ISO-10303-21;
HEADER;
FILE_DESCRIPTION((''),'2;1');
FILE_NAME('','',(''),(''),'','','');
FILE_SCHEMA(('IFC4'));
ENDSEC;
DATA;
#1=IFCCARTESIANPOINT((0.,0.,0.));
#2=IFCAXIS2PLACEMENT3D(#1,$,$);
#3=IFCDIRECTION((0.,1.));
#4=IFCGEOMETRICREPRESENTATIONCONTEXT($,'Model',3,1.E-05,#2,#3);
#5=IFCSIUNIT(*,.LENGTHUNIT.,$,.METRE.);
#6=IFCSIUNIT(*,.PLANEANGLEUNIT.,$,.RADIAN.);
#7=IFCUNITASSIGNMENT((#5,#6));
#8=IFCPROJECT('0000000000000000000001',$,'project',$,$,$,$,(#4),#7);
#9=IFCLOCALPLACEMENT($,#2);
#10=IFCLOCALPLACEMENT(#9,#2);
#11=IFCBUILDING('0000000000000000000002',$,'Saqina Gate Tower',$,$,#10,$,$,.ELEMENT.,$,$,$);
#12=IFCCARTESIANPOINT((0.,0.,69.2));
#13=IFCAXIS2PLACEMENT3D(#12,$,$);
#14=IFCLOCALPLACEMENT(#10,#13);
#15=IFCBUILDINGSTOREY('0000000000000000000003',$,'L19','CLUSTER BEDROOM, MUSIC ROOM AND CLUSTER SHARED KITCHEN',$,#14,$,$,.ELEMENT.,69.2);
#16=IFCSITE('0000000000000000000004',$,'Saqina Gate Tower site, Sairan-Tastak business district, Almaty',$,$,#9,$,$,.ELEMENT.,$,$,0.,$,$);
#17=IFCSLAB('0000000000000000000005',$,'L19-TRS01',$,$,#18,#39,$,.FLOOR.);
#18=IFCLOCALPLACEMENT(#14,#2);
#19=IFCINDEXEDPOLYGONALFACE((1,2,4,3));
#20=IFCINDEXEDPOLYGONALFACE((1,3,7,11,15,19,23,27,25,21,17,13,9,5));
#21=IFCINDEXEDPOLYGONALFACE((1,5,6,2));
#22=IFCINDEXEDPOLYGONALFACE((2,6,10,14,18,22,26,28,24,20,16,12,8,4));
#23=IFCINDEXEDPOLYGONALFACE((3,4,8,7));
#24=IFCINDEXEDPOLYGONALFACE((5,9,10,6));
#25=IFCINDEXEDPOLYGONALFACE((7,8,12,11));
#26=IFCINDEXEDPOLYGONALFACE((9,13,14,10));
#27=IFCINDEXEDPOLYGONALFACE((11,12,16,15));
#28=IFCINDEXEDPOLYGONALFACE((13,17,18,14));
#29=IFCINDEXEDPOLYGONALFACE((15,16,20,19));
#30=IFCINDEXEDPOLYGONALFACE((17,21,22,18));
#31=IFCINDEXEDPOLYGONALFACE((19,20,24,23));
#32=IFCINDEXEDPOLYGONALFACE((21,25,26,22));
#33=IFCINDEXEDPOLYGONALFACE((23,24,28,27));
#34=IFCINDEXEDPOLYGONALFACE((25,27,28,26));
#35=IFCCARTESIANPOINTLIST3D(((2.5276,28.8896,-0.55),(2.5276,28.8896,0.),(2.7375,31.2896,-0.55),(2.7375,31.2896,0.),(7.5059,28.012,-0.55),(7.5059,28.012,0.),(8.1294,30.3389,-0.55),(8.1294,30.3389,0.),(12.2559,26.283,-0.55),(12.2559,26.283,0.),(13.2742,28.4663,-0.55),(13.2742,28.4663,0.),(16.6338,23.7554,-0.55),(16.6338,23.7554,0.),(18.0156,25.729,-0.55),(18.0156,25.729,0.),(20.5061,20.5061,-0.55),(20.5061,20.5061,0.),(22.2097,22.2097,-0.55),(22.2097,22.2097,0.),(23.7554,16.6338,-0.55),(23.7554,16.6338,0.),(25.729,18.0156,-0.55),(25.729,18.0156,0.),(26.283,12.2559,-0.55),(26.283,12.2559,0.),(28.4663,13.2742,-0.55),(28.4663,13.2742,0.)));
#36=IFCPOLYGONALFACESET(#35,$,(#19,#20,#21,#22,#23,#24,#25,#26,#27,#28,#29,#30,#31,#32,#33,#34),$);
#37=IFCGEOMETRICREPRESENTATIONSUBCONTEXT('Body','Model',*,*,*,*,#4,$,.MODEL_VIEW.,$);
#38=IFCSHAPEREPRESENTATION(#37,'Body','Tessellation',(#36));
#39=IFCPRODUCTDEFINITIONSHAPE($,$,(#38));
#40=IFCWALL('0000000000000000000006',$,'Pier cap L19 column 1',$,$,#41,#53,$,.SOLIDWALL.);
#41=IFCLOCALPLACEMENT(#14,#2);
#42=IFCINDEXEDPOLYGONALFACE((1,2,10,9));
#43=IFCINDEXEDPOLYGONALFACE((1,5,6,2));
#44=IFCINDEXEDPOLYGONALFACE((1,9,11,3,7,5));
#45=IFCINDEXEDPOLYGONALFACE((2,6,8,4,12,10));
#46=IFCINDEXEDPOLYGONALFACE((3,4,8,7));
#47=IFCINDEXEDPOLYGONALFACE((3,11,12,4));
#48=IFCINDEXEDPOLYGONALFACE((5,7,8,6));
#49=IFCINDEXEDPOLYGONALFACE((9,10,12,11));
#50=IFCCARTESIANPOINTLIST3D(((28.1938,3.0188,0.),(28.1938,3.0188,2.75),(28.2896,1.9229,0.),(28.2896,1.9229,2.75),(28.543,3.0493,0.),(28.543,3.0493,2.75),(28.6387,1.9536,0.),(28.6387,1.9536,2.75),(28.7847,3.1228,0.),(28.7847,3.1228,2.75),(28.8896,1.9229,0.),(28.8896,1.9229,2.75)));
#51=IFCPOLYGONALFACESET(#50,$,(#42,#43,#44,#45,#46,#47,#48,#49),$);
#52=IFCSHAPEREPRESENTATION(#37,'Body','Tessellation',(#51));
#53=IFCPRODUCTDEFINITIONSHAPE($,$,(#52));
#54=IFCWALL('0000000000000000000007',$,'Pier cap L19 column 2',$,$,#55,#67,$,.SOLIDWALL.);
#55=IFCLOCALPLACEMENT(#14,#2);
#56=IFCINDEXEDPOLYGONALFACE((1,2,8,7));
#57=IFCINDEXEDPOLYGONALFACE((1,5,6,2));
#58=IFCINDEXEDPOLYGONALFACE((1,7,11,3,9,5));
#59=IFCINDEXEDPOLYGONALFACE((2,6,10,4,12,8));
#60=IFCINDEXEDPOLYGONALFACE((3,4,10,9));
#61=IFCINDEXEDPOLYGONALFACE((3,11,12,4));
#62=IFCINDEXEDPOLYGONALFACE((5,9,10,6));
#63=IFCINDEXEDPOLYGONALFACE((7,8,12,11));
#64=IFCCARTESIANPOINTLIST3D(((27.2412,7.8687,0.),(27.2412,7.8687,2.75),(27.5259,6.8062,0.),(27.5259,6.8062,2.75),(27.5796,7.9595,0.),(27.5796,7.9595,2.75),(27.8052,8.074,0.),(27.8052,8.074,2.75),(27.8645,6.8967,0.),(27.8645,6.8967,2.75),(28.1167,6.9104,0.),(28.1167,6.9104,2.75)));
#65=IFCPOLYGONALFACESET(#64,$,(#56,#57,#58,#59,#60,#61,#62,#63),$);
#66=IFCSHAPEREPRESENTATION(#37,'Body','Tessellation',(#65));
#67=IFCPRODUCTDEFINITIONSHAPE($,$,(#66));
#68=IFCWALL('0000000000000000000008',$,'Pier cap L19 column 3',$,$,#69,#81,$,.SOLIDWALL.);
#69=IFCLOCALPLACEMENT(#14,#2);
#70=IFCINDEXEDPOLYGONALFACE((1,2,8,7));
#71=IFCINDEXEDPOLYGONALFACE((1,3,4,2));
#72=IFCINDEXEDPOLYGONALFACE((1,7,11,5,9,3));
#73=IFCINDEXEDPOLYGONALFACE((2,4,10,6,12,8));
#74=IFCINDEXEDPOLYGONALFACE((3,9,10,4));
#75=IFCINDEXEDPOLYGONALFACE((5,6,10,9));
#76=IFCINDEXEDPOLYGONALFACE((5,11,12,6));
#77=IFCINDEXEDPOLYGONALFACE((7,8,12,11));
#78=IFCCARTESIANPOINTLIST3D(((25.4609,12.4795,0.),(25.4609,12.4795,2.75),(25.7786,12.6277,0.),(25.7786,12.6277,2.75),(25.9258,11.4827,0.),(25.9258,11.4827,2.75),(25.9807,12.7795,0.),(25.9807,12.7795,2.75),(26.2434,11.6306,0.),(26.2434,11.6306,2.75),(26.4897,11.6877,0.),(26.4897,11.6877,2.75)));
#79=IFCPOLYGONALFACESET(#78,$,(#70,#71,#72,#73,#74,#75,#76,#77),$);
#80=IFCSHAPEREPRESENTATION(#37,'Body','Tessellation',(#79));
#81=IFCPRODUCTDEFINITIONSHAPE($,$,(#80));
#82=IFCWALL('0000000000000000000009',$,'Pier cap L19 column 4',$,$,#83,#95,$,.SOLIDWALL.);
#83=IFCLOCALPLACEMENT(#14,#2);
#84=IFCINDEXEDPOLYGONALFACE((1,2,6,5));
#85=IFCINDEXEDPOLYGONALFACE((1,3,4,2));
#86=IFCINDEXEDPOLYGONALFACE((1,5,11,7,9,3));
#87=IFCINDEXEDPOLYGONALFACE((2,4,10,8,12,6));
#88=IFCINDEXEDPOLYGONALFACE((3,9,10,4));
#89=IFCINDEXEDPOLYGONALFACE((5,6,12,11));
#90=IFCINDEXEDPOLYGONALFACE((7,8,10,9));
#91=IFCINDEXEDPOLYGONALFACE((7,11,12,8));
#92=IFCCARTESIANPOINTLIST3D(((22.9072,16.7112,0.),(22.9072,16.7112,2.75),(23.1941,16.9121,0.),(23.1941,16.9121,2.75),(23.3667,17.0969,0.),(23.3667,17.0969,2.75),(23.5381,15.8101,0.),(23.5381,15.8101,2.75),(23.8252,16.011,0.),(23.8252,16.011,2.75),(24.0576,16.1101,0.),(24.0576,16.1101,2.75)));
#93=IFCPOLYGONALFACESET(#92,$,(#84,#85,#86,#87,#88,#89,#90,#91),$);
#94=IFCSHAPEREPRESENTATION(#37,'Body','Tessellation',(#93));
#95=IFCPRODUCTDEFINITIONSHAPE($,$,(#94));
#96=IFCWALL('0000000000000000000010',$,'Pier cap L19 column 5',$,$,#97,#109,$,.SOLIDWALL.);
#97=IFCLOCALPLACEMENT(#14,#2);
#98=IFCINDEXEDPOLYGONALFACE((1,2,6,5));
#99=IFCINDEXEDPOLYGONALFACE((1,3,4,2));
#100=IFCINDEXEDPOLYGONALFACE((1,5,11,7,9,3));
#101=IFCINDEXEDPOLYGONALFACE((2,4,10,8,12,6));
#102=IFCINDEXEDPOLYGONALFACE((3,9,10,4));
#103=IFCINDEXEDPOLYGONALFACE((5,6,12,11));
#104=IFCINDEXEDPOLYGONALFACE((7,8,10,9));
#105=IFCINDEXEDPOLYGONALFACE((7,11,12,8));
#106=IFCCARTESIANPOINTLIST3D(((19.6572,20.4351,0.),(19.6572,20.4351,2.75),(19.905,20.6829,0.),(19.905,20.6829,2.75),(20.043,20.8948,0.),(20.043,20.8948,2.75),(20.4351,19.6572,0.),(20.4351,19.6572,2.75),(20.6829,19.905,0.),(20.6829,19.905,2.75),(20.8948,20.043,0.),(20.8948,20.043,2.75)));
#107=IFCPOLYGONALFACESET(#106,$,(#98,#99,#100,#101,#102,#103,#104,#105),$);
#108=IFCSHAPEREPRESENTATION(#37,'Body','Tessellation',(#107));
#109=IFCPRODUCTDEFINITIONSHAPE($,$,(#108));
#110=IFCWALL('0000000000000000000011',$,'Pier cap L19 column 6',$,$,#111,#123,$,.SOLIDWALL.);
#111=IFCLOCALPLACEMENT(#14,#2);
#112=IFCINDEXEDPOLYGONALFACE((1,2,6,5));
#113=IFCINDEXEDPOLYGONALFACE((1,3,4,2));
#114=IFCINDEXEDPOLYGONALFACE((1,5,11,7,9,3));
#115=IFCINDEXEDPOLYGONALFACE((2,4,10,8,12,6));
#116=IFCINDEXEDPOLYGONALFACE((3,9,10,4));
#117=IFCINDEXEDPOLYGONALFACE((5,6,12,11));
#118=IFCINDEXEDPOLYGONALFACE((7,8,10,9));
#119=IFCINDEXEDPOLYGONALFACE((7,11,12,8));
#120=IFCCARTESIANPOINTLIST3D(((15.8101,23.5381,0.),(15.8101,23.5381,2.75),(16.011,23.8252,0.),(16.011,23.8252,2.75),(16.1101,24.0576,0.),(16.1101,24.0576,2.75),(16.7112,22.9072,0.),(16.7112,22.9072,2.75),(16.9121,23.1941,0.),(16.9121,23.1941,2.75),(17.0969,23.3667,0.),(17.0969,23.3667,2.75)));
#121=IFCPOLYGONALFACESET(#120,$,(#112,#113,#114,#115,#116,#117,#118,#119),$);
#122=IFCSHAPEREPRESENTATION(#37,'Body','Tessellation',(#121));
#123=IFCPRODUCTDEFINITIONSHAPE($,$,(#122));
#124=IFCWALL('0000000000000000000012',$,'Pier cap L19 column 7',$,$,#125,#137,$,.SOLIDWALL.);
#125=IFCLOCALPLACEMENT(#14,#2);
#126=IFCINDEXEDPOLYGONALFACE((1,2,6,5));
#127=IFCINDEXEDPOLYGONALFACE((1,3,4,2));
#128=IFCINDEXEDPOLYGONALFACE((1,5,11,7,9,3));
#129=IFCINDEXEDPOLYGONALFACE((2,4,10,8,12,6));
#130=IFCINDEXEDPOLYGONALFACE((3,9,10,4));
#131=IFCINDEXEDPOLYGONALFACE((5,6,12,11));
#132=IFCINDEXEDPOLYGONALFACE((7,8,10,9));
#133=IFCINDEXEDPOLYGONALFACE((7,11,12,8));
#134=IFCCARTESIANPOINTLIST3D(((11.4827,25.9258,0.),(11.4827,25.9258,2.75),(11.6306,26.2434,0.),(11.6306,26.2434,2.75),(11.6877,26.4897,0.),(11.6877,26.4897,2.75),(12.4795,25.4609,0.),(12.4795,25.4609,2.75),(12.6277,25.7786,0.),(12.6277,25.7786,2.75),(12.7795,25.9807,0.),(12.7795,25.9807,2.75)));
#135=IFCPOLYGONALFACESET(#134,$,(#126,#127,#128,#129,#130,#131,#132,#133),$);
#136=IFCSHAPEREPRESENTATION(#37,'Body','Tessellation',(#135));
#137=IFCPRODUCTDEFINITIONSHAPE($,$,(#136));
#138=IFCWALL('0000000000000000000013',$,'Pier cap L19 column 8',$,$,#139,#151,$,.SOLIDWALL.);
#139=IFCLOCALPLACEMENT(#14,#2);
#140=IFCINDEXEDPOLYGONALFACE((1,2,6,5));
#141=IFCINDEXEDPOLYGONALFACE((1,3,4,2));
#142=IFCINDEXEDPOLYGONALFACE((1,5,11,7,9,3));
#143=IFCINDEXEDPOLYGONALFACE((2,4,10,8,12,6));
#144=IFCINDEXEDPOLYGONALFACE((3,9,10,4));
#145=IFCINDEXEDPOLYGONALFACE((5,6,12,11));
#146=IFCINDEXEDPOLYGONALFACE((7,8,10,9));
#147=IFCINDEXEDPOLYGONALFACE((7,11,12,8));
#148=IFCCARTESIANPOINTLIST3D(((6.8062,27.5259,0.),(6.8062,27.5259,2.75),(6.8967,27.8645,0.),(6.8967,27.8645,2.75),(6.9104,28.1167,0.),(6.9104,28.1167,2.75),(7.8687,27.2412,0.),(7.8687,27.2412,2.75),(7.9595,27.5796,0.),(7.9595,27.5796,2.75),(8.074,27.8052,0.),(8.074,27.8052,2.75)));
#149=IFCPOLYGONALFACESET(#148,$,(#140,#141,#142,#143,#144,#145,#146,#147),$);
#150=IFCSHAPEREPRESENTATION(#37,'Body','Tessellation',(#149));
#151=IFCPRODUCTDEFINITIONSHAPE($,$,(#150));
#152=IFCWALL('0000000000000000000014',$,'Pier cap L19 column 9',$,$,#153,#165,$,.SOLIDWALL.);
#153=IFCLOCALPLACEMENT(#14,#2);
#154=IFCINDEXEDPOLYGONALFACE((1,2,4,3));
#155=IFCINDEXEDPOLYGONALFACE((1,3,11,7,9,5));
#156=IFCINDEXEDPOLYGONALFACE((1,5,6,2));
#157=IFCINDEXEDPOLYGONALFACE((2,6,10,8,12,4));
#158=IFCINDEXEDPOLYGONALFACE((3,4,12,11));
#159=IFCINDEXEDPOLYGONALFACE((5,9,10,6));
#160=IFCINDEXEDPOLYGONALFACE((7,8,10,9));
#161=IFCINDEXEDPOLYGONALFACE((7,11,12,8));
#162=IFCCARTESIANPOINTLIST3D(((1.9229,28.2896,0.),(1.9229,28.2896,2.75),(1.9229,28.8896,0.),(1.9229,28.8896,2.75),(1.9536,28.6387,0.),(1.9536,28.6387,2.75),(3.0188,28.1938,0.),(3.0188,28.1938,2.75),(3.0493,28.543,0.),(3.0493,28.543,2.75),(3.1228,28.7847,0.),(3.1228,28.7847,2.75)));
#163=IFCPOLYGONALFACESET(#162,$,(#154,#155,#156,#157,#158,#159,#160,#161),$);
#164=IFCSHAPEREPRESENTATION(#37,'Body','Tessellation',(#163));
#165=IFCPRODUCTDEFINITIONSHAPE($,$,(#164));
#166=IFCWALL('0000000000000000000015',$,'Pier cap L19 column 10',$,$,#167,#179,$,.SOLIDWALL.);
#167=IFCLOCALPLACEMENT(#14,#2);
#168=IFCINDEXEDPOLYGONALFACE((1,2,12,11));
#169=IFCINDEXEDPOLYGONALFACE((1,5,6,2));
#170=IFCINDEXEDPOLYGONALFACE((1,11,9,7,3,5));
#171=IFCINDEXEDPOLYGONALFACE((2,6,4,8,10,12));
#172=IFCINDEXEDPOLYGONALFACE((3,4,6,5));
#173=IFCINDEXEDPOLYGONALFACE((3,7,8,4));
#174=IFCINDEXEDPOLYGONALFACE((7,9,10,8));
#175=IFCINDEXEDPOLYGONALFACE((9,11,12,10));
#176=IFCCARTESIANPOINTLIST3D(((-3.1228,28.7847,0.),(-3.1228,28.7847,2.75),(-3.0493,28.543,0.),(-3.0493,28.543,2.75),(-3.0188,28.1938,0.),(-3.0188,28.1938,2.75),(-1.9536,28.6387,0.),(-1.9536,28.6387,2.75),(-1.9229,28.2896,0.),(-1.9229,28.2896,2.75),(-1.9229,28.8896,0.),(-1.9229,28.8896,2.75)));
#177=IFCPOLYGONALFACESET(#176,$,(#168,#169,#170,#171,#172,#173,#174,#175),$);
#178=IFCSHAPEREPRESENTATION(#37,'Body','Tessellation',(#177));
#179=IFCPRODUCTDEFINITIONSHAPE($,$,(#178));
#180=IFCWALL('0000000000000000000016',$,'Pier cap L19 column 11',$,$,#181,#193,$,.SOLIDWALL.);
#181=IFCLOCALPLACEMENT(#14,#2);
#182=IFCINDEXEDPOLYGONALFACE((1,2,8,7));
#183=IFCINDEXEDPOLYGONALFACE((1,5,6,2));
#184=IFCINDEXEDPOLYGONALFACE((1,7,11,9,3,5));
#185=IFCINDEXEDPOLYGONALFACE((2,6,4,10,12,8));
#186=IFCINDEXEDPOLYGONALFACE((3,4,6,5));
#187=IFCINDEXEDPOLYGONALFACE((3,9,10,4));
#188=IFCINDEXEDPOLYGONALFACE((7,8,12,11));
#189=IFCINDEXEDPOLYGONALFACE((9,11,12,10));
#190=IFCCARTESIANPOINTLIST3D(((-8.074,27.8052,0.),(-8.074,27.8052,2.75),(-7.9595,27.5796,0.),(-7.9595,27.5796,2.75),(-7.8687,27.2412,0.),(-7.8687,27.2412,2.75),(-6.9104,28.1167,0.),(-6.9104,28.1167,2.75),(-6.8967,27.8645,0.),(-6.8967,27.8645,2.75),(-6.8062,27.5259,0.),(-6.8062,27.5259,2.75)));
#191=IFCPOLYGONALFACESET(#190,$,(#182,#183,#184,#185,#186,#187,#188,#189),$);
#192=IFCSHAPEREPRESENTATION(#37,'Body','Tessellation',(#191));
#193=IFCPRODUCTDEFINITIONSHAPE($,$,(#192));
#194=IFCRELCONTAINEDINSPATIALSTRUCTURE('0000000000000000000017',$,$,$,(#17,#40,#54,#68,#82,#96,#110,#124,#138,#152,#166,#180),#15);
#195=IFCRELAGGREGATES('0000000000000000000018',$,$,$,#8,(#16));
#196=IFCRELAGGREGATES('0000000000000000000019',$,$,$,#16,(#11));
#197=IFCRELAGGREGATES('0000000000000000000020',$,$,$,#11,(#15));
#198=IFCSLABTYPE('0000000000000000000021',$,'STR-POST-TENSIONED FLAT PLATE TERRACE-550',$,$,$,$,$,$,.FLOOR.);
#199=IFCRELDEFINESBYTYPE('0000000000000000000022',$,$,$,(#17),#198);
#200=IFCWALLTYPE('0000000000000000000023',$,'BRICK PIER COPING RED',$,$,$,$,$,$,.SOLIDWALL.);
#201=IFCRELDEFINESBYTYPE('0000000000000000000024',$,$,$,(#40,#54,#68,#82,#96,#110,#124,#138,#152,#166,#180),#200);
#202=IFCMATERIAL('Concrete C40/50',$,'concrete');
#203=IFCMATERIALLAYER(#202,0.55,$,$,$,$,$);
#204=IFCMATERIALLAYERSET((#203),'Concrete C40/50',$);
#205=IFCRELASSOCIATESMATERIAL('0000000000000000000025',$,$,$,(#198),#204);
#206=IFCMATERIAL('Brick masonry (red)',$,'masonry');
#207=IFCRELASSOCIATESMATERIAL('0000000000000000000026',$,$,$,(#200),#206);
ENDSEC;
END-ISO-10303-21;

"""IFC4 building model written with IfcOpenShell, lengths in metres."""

from ifc_helpers import new_model, si_unit, direction, frame, origin, place, context, subcontext, project, spatial, polyline, outline, extrude, material, layer, layer_set, type_object, element, save


model = new_model("IFC4")

# Units and contexts
model_context = context("Model", 3, precision=1e-05, world=origin(), true_north=direction((0.0, 1.0)))
body_context = subcontext(model_context, "Body", "Model", "MODEL_VIEW")
ifc_project = project(units=[si_unit("LENGTHUNIT", "METRE"), si_unit("PLANEANGLEUNIT", "RADIAN")], contexts=[model_context])

# Site, building, storey
site_placement = place(None, origin())
site = spatial("IfcSite", under=ifc_project, at=site_placement, Name="Saqina Gate Tower site, Sairan-Tastak business district, Almaty", CompositionType="ELEMENT", RefElevation=0.0)
building_placement = place(site_placement, origin())
building = spatial("IfcBuilding", under=site, at=building_placement, Name="Saqina Gate Tower", CompositionType="ELEMENT")
storey_placement = place(building_placement, frame((0.0, 0.0, 69.2)))
storey = spatial("IfcBuildingStorey", under=building, at=storey_placement, Name="L19", Description="CLUSTER BEDROOM, MUSIC ROOM AND CLUSTER SHARED KITCHEN", CompositionType="ELEMENT", Elevation=69.2)

# Slab
ifc_material_1 = material(Name="Concrete C40/50", Category="concrete")
ifc_layer = layer(ifc_material_1, 0.55)
ifc_layer_set = layer_set([ifc_layer], Name="Concrete C40/50")
slab_type = type_object("IfcSlabType", Name="STR-POST-TENSIONED FLAT PLATE TERRACE-550", PredefinedType="FLOOR", material=ifc_layer_set)
slab_placement = place(storey_placement, frame((0.0, 0.0, -0.55)))
element("IfcSlab", 1, at=slab_placement, inside=storey, type_object=slab_type, Name="L19-TRS01", PredefinedType="FLOOR", context=body_context, shape_type="SweptSolid", body=[
    extrude(outline(polyline([(26.283, 12.2559), (23.7554, 16.6338), (20.5061, 20.5061), (16.6338, 23.7554), (12.2559, 26.283), (7.5059, 28.012), (2.5276, 28.8896), (2.7375, 31.2896), (8.1294, 30.3389), (13.2742, 28.4663), (18.0156, 25.729), (22.2097, 22.2097), (25.729, 18.0156), (28.4663, 13.2742), (26.283, 12.2559)])), origin(), (0.0, 0.0, 1.0), 0.55),
])

# Walls
ifc_material_2 = material(Name="Brick masonry (red)", Category="masonry")
wall_type = type_object("IfcWallType", Name="BRICK PIER COPING RED", PredefinedType="SOLIDWALL", material=ifc_material_2)
wall_1_placement = place(storey_placement, origin())
element("IfcWall", 2, at=wall_1_placement, inside=storey, type_object=wall_type, Name="Pier cap L19 column 1", PredefinedType="SOLIDWALL", context=body_context, shape_type="SweptSolid", body=[
    extrude(outline(polyline([(28.8896, 1.9229), (28.7847, 3.1228), (28.1938, 3.0188), (28.543, 3.0493), (28.6387, 1.9536), (28.2896, 1.9229), (28.8896, 1.9229)])), origin(), (0.0, 0.0, 1.0), 2.75),
])
wall_2_placement = place(storey_placement, origin())
element("IfcWall", 3, at=wall_2_placement, inside=storey, type_object=wall_type, Name="Pier cap L19 column 2", PredefinedType="SOLIDWALL", context=body_context, shape_type="SweptSolid", body=[
    extrude(outline(polyline([(28.1167, 6.9104), (27.8052, 8.074), (27.2412, 7.8687), (27.5796, 7.9595), (27.8645, 6.8967), (27.5259, 6.8062), (28.1167, 6.9104)])), origin(), (0.0, 0.0, 1.0), 2.75),
])
wall_3_placement = place(storey_placement, origin())
element("IfcWall", 4, at=wall_3_placement, inside=storey, type_object=wall_type, Name="Pier cap L19 column 3", PredefinedType="SOLIDWALL", context=body_context, shape_type="SweptSolid", body=[
    extrude(outline(polyline([(25.9807, 12.7795), (25.4609, 12.4795), (25.7786, 12.6277), (26.2434, 11.6306), (25.9258, 11.4827), (26.4897, 11.6877), (25.9807, 12.7795)])), origin(), (0.0, 0.0, 1.0), 2.75),
])
wall_4_placement = place(storey_placement, origin())
element("IfcWall", 5, at=wall_4_placement, inside=storey, type_object=wall_type, Name="Pier cap L19 column 4", PredefinedType="SOLIDWALL", context=body_context, shape_type="SweptSolid", body=[
    extrude(outline(polyline([(24.0576, 16.1101), (23.3667, 17.0969), (22.9072, 16.7112), (23.1941, 16.9121), (23.8252, 16.011), (23.5381, 15.8101), (24.0576, 16.1101)])), origin(), (0.0, 0.0, 1.0), 2.75),
])
wall_5_placement = place(storey_placement, origin())
element("IfcWall", 6, at=wall_5_placement, inside=storey, type_object=wall_type, Name="Pier cap L19 column 5", PredefinedType="SOLIDWALL", context=body_context, shape_type="SweptSolid", body=[
    extrude(outline(polyline([(20.043, 20.8948), (19.6572, 20.4351), (19.905, 20.6829), (20.6829, 19.905), (20.4351, 19.6572), (20.8948, 20.043), (20.043, 20.8948)])), origin(), (0.0, 0.0, 1.0), 2.75),
])
wall_6_placement = place(storey_placement, origin())
element("IfcWall", 7, at=wall_6_placement, inside=storey, type_object=wall_type, Name="Pier cap L19 column 6", PredefinedType="SOLIDWALL", context=body_context, shape_type="SweptSolid", body=[
    extrude(outline(polyline([(17.0969, 23.3667), (16.1101, 24.0576), (15.8101, 23.5381), (16.011, 23.8252), (16.9121, 23.1941), (16.7112, 22.9072), (17.0969, 23.3667)])), origin(), (0.0, 0.0, 1.0), 2.75),
])
wall_7_placement = place(storey_placement, origin())
element("IfcWall", 8, at=wall_7_placement, inside=storey, type_object=wall_type, Name="Pier cap L19 column 7", PredefinedType="SOLIDWALL", context=body_context, shape_type="SweptSolid", body=[
    extrude(outline(polyline([(11.6877, 26.4897), (11.4827, 25.9258), (11.6306, 26.2434), (12.6277, 25.7786), (12.4795, 25.4609), (12.7795, 25.9807), (11.6877, 26.4897)])), origin(), (0.0, 0.0, 1.0), 2.75),
])
wall_8_placement = place(storey_placement, origin())
element("IfcWall", 9, at=wall_8_placement, inside=storey, type_object=wall_type, Name="Pier cap L19 column 8", PredefinedType="SOLIDWALL", context=body_context, shape_type="SweptSolid", body=[
    extrude(outline(polyline([(6.9104, 28.1167), (6.8062, 27.5259), (6.8967, 27.8645), (7.9595, 27.5796), (7.8687, 27.2412), (8.074, 27.8052), (6.9104, 28.1167)])), origin(), (0.0, 0.0, 1.0), 2.75),
])
wall_9_placement = place(storey_placement, origin())
element("IfcWall", 10, at=wall_9_placement, inside=storey, type_object=wall_type, Name="Pier cap L19 column 9", PredefinedType="SOLIDWALL", context=body_context, shape_type="SweptSolid", body=[
    extrude(outline(polyline([(3.1228, 28.7847), (1.9229, 28.8896), (1.9229, 28.2896), (1.9536, 28.6387), (3.0493, 28.543), (3.0188, 28.1938), (3.1228, 28.7847)])), origin(), (0.0, 0.0, 1.0), 2.75),
])
wall_10_placement = place(storey_placement, origin())
element("IfcWall", 11, at=wall_10_placement, inside=storey, type_object=wall_type, Name="Pier cap L19 column 10", PredefinedType="SOLIDWALL", context=body_context, shape_type="SweptSolid", body=[
    extrude(outline(polyline([(-1.9229, 28.8896), (-3.1228, 28.7847), (-3.0188, 28.1938), (-3.0493, 28.543), (-1.9536, 28.6387), (-1.9229, 28.2896), (-1.9229, 28.8896)])), origin(), (0.0, 0.0, 1.0), 2.75),
])
wall_11_placement = place(storey_placement, origin())
element("IfcWall", 12, at=wall_11_placement, inside=storey, type_object=wall_type, Name="Pier cap L19 column 11", PredefinedType="SOLIDWALL", context=body_context, shape_type="SweptSolid", body=[
    extrude(outline(polyline([(-6.9104, 28.1167), (-8.074, 27.8052), (-7.8687, 27.2412), (-7.9595, 27.5796), (-6.8967, 27.8645), (-6.8062, 27.5259), (-6.9104, 28.1167)])), origin(), (0.0, 0.0, 1.0), 2.75),
])

save(model, "model.ifc")
